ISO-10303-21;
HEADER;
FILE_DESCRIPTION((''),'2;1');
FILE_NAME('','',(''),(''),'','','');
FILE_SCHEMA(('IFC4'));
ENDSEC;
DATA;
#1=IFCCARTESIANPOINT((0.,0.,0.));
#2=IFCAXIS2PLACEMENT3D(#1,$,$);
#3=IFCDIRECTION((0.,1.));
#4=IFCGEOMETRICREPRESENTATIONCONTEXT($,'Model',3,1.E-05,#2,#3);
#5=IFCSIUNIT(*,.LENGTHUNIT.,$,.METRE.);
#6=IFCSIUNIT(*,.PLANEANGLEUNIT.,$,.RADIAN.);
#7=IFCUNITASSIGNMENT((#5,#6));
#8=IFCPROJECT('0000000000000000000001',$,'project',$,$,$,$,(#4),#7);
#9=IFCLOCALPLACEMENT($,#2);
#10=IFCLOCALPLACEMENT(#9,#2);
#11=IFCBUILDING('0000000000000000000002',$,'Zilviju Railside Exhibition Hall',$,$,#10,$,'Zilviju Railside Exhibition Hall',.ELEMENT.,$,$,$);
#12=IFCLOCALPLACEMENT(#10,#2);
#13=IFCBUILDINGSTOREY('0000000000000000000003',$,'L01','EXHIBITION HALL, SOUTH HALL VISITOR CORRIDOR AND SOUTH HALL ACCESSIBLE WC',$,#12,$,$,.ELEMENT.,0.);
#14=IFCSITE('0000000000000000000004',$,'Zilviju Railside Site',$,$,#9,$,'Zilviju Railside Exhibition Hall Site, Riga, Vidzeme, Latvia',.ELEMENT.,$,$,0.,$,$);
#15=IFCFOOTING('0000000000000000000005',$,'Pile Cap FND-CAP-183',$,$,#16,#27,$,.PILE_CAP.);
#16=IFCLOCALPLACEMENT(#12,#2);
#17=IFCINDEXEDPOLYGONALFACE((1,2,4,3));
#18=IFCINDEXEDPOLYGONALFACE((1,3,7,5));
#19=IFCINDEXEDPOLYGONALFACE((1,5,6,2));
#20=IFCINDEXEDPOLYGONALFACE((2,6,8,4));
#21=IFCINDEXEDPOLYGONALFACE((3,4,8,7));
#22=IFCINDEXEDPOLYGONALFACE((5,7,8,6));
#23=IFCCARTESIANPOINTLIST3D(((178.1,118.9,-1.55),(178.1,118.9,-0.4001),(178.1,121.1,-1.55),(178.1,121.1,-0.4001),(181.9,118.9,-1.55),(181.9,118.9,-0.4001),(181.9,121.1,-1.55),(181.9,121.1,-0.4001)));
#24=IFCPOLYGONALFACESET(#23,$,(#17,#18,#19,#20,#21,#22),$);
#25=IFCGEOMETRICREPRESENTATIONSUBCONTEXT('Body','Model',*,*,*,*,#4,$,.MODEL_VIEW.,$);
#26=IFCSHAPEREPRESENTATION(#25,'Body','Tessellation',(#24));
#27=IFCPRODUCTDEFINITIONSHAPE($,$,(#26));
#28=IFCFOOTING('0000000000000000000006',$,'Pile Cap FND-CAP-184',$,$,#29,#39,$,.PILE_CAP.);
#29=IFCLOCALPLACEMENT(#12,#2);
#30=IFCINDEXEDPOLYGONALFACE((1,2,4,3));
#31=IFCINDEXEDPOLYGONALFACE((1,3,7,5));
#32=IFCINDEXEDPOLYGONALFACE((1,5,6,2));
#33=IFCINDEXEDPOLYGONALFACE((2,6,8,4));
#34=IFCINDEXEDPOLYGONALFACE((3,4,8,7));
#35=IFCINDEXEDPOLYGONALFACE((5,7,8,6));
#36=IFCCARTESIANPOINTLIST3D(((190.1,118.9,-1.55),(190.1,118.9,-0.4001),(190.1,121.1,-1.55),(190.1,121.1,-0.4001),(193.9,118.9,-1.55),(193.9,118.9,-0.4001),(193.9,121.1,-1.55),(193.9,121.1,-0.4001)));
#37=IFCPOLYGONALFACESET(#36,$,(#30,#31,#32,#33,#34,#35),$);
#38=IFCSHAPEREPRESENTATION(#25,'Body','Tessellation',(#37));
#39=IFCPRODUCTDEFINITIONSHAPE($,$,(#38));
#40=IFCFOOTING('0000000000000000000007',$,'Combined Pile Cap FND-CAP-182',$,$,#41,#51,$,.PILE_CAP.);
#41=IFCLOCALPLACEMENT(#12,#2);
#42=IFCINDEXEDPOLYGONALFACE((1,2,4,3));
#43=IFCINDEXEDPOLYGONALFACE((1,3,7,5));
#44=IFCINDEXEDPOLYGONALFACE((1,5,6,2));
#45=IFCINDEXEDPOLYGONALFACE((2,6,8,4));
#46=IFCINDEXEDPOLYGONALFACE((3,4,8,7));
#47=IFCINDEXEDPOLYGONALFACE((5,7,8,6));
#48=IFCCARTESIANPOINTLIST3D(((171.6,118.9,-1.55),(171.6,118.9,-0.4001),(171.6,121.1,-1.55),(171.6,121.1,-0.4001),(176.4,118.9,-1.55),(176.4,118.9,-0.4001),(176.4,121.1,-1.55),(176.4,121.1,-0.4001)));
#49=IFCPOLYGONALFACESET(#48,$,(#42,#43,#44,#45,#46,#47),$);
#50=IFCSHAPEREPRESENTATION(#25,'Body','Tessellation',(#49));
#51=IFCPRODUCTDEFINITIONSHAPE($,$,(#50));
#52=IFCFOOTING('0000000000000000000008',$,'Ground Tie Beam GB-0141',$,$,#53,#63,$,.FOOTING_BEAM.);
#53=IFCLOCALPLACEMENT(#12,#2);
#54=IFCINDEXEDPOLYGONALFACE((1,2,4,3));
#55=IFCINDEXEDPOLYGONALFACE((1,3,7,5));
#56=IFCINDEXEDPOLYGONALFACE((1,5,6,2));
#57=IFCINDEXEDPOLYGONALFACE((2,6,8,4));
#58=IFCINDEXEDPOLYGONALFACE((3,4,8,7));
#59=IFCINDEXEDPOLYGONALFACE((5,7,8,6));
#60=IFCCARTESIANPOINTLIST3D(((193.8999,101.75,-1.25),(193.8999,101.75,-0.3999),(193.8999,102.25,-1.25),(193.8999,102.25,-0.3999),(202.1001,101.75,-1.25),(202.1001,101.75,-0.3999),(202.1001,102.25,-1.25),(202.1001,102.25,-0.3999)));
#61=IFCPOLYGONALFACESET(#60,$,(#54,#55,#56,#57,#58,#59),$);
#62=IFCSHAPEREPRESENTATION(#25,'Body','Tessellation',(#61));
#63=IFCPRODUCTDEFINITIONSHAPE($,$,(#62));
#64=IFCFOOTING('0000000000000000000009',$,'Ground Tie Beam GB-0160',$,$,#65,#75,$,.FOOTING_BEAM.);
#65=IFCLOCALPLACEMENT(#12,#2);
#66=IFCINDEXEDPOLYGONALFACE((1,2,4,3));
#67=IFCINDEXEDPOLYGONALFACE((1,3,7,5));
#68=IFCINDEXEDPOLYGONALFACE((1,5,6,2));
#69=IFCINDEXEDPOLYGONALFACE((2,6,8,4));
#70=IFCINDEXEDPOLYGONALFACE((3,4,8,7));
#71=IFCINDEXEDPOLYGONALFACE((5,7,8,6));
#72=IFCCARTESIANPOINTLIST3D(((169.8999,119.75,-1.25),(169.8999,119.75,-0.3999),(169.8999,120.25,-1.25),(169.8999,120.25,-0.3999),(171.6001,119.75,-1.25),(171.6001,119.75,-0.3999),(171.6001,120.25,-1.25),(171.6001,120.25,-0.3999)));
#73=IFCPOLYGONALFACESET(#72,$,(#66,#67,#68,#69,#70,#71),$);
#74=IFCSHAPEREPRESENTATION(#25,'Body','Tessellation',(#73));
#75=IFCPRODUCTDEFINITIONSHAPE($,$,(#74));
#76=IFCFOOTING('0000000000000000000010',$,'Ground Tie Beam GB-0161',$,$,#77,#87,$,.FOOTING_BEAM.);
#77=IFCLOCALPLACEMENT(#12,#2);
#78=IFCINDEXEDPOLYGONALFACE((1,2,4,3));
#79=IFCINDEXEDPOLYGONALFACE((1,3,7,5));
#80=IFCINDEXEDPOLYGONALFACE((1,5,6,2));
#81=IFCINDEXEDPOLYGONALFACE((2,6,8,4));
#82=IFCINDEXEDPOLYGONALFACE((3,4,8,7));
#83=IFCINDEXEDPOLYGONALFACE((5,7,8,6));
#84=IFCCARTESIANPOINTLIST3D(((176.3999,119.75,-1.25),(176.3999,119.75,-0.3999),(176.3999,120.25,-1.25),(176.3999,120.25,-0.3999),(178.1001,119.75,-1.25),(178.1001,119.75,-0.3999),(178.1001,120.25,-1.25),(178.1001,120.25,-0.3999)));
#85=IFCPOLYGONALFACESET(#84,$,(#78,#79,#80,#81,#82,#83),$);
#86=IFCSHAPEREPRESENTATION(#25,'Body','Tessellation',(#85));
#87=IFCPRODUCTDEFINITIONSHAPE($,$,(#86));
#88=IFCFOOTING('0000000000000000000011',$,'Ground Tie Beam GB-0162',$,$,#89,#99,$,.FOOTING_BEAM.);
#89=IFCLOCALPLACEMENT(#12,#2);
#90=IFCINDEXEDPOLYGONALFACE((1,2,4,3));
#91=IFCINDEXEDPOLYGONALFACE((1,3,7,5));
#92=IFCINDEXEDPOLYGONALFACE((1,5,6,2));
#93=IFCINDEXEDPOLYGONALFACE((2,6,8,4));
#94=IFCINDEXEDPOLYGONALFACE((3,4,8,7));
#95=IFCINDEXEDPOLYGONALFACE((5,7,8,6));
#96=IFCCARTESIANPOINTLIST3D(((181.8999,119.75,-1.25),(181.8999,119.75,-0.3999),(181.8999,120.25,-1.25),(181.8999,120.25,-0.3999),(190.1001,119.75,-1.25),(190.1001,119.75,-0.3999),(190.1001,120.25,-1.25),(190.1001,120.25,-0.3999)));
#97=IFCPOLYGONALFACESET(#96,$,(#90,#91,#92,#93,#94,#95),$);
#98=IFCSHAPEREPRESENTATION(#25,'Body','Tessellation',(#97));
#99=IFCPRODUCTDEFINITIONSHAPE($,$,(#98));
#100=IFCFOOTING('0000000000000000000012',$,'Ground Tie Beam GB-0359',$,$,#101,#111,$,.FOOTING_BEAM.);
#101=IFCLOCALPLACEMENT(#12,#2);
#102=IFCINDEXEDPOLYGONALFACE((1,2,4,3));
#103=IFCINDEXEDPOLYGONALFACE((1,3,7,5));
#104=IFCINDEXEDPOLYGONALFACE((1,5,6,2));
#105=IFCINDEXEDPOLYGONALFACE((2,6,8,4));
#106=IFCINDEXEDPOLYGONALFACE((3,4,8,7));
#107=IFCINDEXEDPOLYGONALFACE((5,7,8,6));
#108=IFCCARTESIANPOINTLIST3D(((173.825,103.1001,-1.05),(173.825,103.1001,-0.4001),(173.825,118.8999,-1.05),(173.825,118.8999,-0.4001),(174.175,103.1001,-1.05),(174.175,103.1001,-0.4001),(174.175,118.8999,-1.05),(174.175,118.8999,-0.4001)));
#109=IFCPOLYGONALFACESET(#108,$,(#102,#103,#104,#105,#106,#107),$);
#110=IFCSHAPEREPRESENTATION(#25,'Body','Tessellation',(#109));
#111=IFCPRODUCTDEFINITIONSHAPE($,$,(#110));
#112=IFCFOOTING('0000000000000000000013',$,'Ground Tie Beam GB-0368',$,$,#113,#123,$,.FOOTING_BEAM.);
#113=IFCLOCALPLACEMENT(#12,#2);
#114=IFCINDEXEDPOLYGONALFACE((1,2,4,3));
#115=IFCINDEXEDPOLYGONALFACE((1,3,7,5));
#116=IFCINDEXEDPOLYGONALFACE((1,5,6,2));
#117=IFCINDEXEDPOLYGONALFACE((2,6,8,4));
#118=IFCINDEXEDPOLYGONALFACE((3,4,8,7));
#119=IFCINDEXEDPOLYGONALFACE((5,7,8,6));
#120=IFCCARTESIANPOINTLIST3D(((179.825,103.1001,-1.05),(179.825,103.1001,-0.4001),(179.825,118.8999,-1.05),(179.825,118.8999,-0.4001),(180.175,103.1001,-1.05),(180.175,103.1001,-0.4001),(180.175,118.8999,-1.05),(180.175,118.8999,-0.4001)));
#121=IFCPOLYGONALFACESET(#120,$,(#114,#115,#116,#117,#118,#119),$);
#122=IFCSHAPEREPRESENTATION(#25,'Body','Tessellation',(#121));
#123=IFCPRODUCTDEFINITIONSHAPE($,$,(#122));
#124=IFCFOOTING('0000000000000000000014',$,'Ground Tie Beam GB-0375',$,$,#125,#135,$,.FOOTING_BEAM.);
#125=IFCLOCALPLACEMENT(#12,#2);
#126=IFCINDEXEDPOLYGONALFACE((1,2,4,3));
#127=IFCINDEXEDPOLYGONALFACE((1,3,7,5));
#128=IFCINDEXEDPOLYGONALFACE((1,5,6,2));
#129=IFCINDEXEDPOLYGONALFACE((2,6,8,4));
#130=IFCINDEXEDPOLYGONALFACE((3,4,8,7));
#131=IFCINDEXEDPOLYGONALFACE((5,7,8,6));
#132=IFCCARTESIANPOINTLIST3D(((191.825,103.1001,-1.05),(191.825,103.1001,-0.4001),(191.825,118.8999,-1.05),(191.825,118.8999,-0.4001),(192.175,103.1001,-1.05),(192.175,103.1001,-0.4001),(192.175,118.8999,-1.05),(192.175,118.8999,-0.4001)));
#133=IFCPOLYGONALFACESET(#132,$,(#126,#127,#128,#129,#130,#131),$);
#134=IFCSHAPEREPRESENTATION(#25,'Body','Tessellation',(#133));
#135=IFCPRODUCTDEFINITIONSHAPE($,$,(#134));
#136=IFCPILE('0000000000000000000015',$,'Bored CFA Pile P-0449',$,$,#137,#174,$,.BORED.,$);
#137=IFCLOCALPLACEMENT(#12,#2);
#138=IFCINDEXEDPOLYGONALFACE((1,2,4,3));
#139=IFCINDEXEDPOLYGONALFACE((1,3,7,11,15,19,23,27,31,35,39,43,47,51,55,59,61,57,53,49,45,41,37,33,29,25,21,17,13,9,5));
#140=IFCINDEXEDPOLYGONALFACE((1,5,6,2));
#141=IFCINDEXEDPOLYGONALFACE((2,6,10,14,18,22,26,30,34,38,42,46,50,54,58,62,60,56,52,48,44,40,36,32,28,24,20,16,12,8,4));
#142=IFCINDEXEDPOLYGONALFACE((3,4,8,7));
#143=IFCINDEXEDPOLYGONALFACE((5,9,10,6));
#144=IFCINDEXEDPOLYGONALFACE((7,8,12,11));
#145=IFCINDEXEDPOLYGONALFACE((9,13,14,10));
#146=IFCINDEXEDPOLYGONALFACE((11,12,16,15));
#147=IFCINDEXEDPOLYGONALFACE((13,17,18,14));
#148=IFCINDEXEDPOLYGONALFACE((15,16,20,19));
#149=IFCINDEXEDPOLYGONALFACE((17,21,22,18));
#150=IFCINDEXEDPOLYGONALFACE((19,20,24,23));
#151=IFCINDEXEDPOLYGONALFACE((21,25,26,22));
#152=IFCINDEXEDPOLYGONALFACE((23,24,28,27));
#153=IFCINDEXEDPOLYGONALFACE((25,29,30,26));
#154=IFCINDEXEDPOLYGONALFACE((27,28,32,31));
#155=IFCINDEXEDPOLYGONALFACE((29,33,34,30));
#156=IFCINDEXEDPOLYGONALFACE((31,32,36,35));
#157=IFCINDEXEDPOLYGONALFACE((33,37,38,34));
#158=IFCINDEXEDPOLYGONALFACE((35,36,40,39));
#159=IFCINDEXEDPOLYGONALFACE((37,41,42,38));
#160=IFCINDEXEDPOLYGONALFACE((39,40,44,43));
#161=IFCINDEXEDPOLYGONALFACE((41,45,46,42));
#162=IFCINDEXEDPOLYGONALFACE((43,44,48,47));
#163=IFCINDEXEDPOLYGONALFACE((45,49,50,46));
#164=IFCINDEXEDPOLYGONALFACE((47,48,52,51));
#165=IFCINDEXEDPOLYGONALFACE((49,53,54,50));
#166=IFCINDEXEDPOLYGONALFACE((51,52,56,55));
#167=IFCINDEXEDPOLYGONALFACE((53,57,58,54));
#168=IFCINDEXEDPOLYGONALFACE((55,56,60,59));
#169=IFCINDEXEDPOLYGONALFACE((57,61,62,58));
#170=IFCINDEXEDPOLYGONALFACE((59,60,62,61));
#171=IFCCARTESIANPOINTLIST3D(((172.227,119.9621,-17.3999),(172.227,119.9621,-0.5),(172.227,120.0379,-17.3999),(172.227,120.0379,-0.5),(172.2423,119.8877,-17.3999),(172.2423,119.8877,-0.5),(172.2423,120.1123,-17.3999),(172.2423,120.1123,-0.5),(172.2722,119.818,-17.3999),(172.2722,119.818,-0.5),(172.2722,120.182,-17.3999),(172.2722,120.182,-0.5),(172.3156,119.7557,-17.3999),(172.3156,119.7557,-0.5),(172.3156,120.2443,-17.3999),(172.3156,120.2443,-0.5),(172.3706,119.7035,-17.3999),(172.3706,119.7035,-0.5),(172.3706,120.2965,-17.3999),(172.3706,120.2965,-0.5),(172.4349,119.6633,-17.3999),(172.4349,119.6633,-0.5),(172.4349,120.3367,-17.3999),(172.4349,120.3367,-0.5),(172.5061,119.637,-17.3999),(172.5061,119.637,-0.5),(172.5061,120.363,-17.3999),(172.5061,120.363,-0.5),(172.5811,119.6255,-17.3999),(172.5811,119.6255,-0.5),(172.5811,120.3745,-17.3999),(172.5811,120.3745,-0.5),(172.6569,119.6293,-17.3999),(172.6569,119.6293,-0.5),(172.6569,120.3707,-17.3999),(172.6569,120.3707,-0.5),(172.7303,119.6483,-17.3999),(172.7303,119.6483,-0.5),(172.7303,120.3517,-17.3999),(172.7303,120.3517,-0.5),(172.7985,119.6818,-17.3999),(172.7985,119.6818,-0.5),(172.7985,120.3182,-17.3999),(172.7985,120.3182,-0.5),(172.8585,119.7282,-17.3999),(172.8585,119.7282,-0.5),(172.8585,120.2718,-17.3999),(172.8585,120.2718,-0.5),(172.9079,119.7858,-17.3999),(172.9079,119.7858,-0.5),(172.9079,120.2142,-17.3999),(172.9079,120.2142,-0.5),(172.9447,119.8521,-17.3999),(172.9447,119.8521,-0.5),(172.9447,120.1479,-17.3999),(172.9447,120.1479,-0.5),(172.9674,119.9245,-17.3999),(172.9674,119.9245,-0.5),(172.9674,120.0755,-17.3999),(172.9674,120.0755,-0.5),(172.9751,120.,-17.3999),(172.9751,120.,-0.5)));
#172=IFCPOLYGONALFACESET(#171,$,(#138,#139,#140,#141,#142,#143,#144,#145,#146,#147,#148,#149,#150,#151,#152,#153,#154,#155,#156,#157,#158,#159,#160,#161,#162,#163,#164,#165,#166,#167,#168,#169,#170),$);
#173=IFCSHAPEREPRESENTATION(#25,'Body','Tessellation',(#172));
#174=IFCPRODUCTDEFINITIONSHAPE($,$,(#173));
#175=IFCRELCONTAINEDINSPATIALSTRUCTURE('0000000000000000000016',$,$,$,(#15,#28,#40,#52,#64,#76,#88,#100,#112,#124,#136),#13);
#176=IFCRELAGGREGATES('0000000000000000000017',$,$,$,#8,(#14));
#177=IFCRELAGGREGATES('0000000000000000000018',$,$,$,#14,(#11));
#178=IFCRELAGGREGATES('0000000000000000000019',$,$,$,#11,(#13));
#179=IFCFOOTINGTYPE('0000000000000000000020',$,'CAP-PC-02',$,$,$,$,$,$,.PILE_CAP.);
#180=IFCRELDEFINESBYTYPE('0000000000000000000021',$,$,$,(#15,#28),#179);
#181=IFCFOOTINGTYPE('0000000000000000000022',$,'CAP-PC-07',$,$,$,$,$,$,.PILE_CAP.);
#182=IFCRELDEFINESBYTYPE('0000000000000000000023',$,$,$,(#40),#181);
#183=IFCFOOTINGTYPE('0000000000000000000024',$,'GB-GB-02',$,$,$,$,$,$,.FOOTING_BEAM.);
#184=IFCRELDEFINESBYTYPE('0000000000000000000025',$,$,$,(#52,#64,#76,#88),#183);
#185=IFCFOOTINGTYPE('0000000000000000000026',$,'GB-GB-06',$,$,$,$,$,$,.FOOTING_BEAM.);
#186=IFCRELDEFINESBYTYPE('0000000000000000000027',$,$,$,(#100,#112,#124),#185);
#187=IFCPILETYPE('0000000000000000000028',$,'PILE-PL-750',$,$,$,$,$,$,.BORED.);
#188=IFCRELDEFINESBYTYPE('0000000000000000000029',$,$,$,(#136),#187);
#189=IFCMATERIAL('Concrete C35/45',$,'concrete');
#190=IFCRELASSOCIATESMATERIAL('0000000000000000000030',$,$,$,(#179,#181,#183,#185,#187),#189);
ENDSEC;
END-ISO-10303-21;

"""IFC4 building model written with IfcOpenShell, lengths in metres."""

from ifc_helpers import new_model, si_unit, direction, frame, origin, origin_2d, place, context, subcontext, project, spatial, rectangle, circle, extrude, material, material_profile, profile_set, type_object, element, save


model = new_model("IFC4")

# Units and contexts
model_context = context("Model", 3, precision=1e-05, world=origin(), true_north=direction((0.0, 1.0)))
body_context = subcontext(model_context, "Body", "Model", "MODEL_VIEW")
ifc_project = project(units=[si_unit("LENGTHUNIT", "METRE"), si_unit("PLANEANGLEUNIT", "RADIAN")], contexts=[model_context])

# Site, building, storey
site_placement = place(None, origin())
site = spatial("IfcSite", under=ifc_project, at=site_placement, Name="Zilviju Railside Site", LongName="Zilviju Railside Exhibition Hall Site, Riga, Vidzeme, Latvia", CompositionType="ELEMENT", RefElevation=0.0)
building_placement = place(site_placement, origin())
building = spatial("IfcBuilding", under=site, at=building_placement, Name="Zilviju Railside Exhibition Hall", LongName="Zilviju Railside Exhibition Hall", CompositionType="ELEMENT")
storey_placement = place(building_placement, origin())
storey = spatial("IfcBuildingStorey", under=building, at=storey_placement, Name="L01", Description="EXHIBITION HALL, SOUTH HALL VISITOR CORRIDOR AND SOUTH HALL ACCESSIBLE WC", CompositionType="ELEMENT", Elevation=0.0)

# Footings
ifc_material_1 = material(Name="Concrete C35/45", Category="concrete")
footing_type_1 = type_object("IfcFootingType", Name="CAP-PC-02", PredefinedType="PILE_CAP", material=ifc_material_1)
for number, where, z_axis, x_axis, name in (
    (1, (180.0, 120.0, -1.55), (0.0, 0.0, 1.0), (1.0, 0.0, 0.0), "Pile Cap FND-CAP-183"),
    (2, (192.0, 120.0, -1.55), (0.0, 0.0, 1.0), (1.0, 0.0, 0.0), "Pile Cap FND-CAP-184"),
):
    element("IfcFooting", number, at=place(storey_placement, frame(where, z_axis=z_axis, x_axis=x_axis)), inside=storey, type_object=footing_type_1, Name=name, PredefinedType="PILE_CAP", context=body_context, shape_type="SweptSolid", body=[
        extrude(rectangle(XDim=3.8, YDim=2.2, at=origin_2d()), origin(), (0.0, 0.0, 1.0), 1.1499),
    ])
footing_type_2 = type_object("IfcFootingType", Name="CAP-PC-07", PredefinedType="PILE_CAP", material=ifc_material_1)
footing_1_placement = place(storey_placement, frame((174.0, 120.0, -1.55), z_axis=(0.0, 0.0, 1.0), x_axis=(1.0, 0.0, 0.0)))
element("IfcFooting", 3, at=footing_1_placement, inside=storey, type_object=footing_type_2, Name="Combined Pile Cap FND-CAP-182", PredefinedType="PILE_CAP", context=body_context, shape_type="SweptSolid", body=[
    extrude(rectangle(XDim=4.8, YDim=2.2, at=origin_2d()), origin(), (0.0, 0.0, 1.0), 1.1499),
])
ifc_material_profile_1 = material_profile(ifc_material_1, rectangle(XDim=0.5, YDim=0.8501, at=origin_2d()), Name="TIE BEAM 500x850")
ifc_profile_set_1 = profile_set([ifc_material_profile_1], Name="Concrete C35/45")
footing_type_3 = type_object("IfcFootingType", Name="GB-GB-02", PredefinedType="FOOTING_BEAM", material=ifc_profile_set_1)
footing_2_placement = place(storey_placement, frame((193.8999, 102.0, -0.825), z_axis=(1.0, 0.0, 0.0), x_axis=(0.0, 1.0, 0.0)))
element("IfcFooting", 4, at=footing_2_placement, inside=storey, type_object=footing_type_3, Name="Ground Tie Beam GB-0141", PredefinedType="FOOTING_BEAM", context=body_context, shape_type="SweptSolid", body=[
    extrude(rectangle(XDim=0.5, YDim=0.8501, at=origin_2d()), origin(), (0.0, 0.0, 1.0), 8.2002),
])
for number, where, z_axis, x_axis, name in (
    (5, (169.8999, 120.0, -0.825), (1.0, 0.0, 0.0), (0.0, 1.0, 0.0), "Ground Tie Beam GB-0160"),
    (6, (176.3999, 120.0, -0.825), (1.0, 0.0, 0.0), (0.0, 1.0, 0.0), "Ground Tie Beam GB-0161"),
):
    element("IfcFooting", number, at=place(storey_placement, frame(where, z_axis=z_axis, x_axis=x_axis)), inside=storey, type_object=footing_type_3, Name=name, PredefinedType="FOOTING_BEAM", context=body_context, shape_type="SweptSolid", body=[
        extrude(rectangle(XDim=0.5, YDim=0.8501, at=origin_2d()), origin(), (0.0, 0.0, 1.0), 1.7002),
    ])
footing_3_placement = place(storey_placement, frame((181.8999, 120.0, -0.825), z_axis=(1.0, 0.0, 0.0), x_axis=(0.0, 1.0, 0.0)))
element("IfcFooting", 7, at=footing_3_placement, inside=storey, type_object=footing_type_3, Name="Ground Tie Beam GB-0162", PredefinedType="FOOTING_BEAM", context=body_context, shape_type="SweptSolid", body=[
    extrude(rectangle(XDim=0.5, YDim=0.8501, at=origin_2d()), origin(), (0.0, 0.0, 1.0), 8.2002),
])
ifc_material_profile_2 = material_profile(ifc_material_1, rectangle(XDim=0.3501, YDim=0.6499, at=origin_2d()), Name="TIE BEAM 350x650")
ifc_profile_set_2 = profile_set([ifc_material_profile_2], Name="Concrete C35/45")
footing_type_4 = type_object("IfcFootingType", Name="GB-GB-06", PredefinedType="FOOTING_BEAM", material=ifc_profile_set_2)
for number, where, z_axis, x_axis, name in (
    (8, (174.0, 103.1001, -0.7251), (0.0, 1.0, 0.0), (-1.0, 0.0, 0.0), "Ground Tie Beam GB-0359"),
    (9, (180.0, 103.1001, -0.7251), (0.0, 1.0, 0.0), (-1.0, 0.0, 0.0), "Ground Tie Beam GB-0368"),
    (10, (192.0, 103.1001, -0.7251), (0.0, 1.0, 0.0), (-1.0, 0.0, 0.0), "Ground Tie Beam GB-0375"),
):
    element("IfcFooting", number, at=place(storey_placement, frame(where, z_axis=z_axis, x_axis=x_axis)), inside=storey, type_object=footing_type_4, Name=name, PredefinedType="FOOTING_BEAM", context=body_context, shape_type="SweptSolid", body=[
        extrude(rectangle(XDim=0.3501, YDim=0.6499, at=origin_2d()), origin(), (0.0, 0.0, 1.0), 15.7998),
    ])

# Pile
ifc_material_profile_3 = material_profile(ifc_material_1, circle(Radius=0.375, at=origin_2d()), Name="CFA PILE D750")
ifc_profile_set_3 = profile_set([ifc_material_profile_3], Name="Concrete C35/45")
pile_type_1 = type_object("IfcPileType", Name="PILE-PL-750", PredefinedType="BORED", material=ifc_profile_set_3)
for number, where, z_axis, x_axis, name in (
    (11, (172.6001, 120.0, -0.5), (0.0, 0.0, -1.0), (1.0, 0.0, 0.0), "Bored CFA Pile P-0449"),
):
    element("IfcPile", number, at=place(storey_placement, frame(where, z_axis=z_axis, x_axis=x_axis)), inside=storey, type_object=pile_type_1, Name=name, PredefinedType="BORED", context=body_context, shape_type="SweptSolid", body=[
        extrude(circle(Radius=0.375, at=origin_2d()), origin(), (0.0, 0.0, 1.0), 16.8999),
    ])

save(model, "model.ifc")
